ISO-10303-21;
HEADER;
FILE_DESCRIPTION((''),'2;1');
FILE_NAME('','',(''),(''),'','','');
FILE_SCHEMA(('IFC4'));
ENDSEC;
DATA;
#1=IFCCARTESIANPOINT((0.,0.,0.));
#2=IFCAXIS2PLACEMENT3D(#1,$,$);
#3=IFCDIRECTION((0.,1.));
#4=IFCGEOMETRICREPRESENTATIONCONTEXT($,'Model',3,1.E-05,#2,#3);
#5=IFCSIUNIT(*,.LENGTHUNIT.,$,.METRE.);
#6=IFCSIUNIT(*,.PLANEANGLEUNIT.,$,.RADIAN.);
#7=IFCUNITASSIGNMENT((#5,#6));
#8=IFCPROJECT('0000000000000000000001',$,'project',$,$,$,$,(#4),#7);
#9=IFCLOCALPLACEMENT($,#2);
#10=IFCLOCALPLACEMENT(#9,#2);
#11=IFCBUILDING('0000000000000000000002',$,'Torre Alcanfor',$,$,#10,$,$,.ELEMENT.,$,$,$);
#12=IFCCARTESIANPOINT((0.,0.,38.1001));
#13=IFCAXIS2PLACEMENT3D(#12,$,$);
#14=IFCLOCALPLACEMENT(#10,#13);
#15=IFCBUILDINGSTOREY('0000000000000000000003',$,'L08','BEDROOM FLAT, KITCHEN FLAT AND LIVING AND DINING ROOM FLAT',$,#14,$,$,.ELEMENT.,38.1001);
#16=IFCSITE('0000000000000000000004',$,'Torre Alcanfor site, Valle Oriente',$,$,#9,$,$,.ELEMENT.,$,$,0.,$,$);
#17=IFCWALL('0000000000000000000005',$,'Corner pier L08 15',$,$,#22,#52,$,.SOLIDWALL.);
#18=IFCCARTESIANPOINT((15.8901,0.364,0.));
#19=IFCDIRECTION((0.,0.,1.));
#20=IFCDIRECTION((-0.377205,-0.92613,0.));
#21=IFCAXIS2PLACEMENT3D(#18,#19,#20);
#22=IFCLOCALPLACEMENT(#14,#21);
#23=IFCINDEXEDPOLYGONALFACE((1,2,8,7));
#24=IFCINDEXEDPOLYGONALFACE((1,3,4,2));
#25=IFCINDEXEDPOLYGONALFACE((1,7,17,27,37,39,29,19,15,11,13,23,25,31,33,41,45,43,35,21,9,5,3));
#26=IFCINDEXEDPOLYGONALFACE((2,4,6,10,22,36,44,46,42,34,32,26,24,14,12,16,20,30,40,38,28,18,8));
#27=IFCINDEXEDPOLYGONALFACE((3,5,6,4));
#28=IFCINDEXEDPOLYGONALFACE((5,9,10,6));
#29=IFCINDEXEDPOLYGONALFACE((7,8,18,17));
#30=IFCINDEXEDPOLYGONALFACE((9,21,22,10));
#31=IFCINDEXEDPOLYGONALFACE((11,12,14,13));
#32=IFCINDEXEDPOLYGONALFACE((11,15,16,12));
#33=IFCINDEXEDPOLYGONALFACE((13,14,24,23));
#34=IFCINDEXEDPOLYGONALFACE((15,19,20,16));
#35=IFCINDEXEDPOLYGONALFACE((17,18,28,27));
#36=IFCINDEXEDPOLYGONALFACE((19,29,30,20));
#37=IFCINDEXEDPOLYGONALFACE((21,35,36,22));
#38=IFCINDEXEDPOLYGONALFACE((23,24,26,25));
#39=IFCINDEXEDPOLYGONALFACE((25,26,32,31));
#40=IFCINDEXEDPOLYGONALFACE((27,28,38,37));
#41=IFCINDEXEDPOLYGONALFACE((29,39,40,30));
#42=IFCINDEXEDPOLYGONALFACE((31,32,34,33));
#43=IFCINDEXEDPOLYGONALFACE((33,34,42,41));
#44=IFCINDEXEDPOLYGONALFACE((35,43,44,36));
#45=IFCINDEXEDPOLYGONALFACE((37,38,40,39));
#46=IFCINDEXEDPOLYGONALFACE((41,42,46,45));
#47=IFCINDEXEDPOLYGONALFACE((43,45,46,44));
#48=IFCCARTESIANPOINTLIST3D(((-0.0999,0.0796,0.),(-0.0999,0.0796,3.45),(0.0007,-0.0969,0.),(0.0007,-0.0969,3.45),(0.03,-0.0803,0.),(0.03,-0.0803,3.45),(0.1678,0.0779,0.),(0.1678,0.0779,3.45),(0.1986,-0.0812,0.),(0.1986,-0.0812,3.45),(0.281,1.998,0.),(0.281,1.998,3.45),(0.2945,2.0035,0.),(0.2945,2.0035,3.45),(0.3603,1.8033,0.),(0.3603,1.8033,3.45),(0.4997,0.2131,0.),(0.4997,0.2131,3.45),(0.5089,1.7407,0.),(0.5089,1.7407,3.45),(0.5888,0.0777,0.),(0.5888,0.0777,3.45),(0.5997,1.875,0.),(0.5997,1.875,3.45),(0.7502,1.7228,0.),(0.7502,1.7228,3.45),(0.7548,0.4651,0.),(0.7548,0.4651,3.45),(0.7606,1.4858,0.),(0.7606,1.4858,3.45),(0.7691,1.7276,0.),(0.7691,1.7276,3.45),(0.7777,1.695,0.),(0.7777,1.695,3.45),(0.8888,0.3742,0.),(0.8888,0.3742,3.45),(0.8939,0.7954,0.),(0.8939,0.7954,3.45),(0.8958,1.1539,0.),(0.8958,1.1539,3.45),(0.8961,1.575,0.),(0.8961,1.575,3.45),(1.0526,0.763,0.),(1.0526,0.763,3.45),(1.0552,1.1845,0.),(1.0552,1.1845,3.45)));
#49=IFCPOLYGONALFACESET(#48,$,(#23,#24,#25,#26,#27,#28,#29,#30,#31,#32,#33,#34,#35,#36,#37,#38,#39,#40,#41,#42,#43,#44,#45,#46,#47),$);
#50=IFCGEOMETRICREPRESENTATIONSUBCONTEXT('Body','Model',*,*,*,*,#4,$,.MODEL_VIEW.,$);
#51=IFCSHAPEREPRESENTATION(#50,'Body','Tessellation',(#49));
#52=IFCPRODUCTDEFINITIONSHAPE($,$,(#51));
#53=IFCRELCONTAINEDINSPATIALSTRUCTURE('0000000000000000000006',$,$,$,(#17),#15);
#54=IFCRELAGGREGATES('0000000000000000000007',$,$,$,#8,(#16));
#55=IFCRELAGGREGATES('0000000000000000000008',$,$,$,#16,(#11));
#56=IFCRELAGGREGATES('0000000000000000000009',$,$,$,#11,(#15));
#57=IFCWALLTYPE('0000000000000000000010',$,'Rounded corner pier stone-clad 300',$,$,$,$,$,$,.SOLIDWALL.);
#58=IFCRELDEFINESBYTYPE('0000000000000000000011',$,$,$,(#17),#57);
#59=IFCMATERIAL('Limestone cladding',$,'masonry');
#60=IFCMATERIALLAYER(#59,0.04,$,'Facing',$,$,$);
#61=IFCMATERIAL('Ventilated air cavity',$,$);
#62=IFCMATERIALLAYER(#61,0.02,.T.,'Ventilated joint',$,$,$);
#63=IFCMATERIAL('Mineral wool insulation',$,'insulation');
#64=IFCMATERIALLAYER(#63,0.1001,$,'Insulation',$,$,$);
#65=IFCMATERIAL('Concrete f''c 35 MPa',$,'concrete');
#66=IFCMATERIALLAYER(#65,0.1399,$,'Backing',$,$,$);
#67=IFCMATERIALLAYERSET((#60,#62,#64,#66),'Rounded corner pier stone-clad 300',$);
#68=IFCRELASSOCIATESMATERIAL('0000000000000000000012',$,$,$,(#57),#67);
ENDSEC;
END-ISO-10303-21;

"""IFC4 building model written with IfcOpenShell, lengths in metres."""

from ifc_helpers import new_model, si_unit, direction, frame, origin, place, context, subcontext, project, spatial, polyline, outline, extrude, material, layer, layer_set, type_object, element, save


model = new_model("IFC4")

# Units and contexts
model_context = context("Model", 3, precision=1e-05, world=origin(), true_north=direction((0.0, 1.0)))
body_context = subcontext(model_context, "Body", "Model", "MODEL_VIEW")
ifc_project = project(units=[si_unit("LENGTHUNIT", "METRE"), si_unit("PLANEANGLEUNIT", "RADIAN")], contexts=[model_context])

# Site, building, storey
site_placement = place(None, origin())
site = spatial("IfcSite", under=ifc_project, at=site_placement, Name="Torre Alcanfor site, Valle Oriente", CompositionType="ELEMENT", RefElevation=0.0)
building_placement = place(site_placement, origin())
building = spatial("IfcBuilding", under=site, at=building_placement, Name="Torre Alcanfor", CompositionType="ELEMENT")
storey_placement = place(building_placement, frame((0.0, 0.0, 38.1001)))
storey = spatial("IfcBuildingStorey", under=building, at=storey_placement, Name="L08", Description="BEDROOM FLAT, KITCHEN FLAT AND LIVING AND DINING ROOM FLAT", CompositionType="ELEMENT", Elevation=38.1001)

# Shared definitions
ifc_material_1 = material(Name="Limestone cladding", Category="masonry")
ifc_material_2 = material(Name="Ventilated air cavity")
ifc_material_3 = material(Name="Mineral wool insulation", Category="insulation")
ifc_material_4 = material(Name="Concrete f'c 35 MPa", Category="concrete")

# Wall
ifc_layer_1 = layer(ifc_material_1, 0.04, Name="Facing")
ifc_layer_2 = layer(ifc_material_2, 0.02, ventilated=True, Name="Ventilated joint")
ifc_layer_3 = layer(ifc_material_3, 0.1001, Name="Insulation")
ifc_layer_4 = layer(ifc_material_4, 0.1399, Name="Backing")
ifc_layer_set_1 = layer_set([ifc_layer_1, ifc_layer_2, ifc_layer_3, ifc_layer_4], Name="Rounded corner pier stone-clad 300")
wall_type_1 = type_object("IfcWallType", Name="Rounded corner pier stone-clad 300", PredefinedType="SOLIDWALL", material=ifc_layer_set_1)
wall_1_placement = place(storey_placement, frame((15.8901, 0.364, 0.0), z_axis=(0.0, 0.0, 1.0), x_axis=(-0.377205, -0.92613, 0.0)))
element("IfcWall", 1, at=wall_1_placement, inside=storey, type_object=wall_type_1, Name="Corner pier L08 15", PredefinedType="SOLIDWALL", context=body_context, shape_type="SweptSolid", body=[
    extrude(outline(polyline([(0.3603, 1.8033), (0.5089, 1.7407), (0.7606, 1.4858), (0.8958, 1.1539), (0.8939, 0.7954), (0.7548, 0.4651), (0.4997, 0.2131), (0.1678, 0.0779), (-0.0999, 0.0796), (0.0007, -0.0969), (0.03, -0.0803), (0.1986, -0.0812), (0.5888, 0.0777), (0.8888, 0.3742), (1.0526, 0.763), (1.0552, 1.1845), (0.8961, 1.575), (0.7777, 1.695), (0.7691, 1.7276), (0.7502, 1.7228), (0.5997, 1.875), (0.2945, 2.0035), (0.281, 1.998), (0.3603, 1.8033)])), origin(), (0.0, 0.0, 1.0), 3.45),
])

save(model, "model.ifc")
